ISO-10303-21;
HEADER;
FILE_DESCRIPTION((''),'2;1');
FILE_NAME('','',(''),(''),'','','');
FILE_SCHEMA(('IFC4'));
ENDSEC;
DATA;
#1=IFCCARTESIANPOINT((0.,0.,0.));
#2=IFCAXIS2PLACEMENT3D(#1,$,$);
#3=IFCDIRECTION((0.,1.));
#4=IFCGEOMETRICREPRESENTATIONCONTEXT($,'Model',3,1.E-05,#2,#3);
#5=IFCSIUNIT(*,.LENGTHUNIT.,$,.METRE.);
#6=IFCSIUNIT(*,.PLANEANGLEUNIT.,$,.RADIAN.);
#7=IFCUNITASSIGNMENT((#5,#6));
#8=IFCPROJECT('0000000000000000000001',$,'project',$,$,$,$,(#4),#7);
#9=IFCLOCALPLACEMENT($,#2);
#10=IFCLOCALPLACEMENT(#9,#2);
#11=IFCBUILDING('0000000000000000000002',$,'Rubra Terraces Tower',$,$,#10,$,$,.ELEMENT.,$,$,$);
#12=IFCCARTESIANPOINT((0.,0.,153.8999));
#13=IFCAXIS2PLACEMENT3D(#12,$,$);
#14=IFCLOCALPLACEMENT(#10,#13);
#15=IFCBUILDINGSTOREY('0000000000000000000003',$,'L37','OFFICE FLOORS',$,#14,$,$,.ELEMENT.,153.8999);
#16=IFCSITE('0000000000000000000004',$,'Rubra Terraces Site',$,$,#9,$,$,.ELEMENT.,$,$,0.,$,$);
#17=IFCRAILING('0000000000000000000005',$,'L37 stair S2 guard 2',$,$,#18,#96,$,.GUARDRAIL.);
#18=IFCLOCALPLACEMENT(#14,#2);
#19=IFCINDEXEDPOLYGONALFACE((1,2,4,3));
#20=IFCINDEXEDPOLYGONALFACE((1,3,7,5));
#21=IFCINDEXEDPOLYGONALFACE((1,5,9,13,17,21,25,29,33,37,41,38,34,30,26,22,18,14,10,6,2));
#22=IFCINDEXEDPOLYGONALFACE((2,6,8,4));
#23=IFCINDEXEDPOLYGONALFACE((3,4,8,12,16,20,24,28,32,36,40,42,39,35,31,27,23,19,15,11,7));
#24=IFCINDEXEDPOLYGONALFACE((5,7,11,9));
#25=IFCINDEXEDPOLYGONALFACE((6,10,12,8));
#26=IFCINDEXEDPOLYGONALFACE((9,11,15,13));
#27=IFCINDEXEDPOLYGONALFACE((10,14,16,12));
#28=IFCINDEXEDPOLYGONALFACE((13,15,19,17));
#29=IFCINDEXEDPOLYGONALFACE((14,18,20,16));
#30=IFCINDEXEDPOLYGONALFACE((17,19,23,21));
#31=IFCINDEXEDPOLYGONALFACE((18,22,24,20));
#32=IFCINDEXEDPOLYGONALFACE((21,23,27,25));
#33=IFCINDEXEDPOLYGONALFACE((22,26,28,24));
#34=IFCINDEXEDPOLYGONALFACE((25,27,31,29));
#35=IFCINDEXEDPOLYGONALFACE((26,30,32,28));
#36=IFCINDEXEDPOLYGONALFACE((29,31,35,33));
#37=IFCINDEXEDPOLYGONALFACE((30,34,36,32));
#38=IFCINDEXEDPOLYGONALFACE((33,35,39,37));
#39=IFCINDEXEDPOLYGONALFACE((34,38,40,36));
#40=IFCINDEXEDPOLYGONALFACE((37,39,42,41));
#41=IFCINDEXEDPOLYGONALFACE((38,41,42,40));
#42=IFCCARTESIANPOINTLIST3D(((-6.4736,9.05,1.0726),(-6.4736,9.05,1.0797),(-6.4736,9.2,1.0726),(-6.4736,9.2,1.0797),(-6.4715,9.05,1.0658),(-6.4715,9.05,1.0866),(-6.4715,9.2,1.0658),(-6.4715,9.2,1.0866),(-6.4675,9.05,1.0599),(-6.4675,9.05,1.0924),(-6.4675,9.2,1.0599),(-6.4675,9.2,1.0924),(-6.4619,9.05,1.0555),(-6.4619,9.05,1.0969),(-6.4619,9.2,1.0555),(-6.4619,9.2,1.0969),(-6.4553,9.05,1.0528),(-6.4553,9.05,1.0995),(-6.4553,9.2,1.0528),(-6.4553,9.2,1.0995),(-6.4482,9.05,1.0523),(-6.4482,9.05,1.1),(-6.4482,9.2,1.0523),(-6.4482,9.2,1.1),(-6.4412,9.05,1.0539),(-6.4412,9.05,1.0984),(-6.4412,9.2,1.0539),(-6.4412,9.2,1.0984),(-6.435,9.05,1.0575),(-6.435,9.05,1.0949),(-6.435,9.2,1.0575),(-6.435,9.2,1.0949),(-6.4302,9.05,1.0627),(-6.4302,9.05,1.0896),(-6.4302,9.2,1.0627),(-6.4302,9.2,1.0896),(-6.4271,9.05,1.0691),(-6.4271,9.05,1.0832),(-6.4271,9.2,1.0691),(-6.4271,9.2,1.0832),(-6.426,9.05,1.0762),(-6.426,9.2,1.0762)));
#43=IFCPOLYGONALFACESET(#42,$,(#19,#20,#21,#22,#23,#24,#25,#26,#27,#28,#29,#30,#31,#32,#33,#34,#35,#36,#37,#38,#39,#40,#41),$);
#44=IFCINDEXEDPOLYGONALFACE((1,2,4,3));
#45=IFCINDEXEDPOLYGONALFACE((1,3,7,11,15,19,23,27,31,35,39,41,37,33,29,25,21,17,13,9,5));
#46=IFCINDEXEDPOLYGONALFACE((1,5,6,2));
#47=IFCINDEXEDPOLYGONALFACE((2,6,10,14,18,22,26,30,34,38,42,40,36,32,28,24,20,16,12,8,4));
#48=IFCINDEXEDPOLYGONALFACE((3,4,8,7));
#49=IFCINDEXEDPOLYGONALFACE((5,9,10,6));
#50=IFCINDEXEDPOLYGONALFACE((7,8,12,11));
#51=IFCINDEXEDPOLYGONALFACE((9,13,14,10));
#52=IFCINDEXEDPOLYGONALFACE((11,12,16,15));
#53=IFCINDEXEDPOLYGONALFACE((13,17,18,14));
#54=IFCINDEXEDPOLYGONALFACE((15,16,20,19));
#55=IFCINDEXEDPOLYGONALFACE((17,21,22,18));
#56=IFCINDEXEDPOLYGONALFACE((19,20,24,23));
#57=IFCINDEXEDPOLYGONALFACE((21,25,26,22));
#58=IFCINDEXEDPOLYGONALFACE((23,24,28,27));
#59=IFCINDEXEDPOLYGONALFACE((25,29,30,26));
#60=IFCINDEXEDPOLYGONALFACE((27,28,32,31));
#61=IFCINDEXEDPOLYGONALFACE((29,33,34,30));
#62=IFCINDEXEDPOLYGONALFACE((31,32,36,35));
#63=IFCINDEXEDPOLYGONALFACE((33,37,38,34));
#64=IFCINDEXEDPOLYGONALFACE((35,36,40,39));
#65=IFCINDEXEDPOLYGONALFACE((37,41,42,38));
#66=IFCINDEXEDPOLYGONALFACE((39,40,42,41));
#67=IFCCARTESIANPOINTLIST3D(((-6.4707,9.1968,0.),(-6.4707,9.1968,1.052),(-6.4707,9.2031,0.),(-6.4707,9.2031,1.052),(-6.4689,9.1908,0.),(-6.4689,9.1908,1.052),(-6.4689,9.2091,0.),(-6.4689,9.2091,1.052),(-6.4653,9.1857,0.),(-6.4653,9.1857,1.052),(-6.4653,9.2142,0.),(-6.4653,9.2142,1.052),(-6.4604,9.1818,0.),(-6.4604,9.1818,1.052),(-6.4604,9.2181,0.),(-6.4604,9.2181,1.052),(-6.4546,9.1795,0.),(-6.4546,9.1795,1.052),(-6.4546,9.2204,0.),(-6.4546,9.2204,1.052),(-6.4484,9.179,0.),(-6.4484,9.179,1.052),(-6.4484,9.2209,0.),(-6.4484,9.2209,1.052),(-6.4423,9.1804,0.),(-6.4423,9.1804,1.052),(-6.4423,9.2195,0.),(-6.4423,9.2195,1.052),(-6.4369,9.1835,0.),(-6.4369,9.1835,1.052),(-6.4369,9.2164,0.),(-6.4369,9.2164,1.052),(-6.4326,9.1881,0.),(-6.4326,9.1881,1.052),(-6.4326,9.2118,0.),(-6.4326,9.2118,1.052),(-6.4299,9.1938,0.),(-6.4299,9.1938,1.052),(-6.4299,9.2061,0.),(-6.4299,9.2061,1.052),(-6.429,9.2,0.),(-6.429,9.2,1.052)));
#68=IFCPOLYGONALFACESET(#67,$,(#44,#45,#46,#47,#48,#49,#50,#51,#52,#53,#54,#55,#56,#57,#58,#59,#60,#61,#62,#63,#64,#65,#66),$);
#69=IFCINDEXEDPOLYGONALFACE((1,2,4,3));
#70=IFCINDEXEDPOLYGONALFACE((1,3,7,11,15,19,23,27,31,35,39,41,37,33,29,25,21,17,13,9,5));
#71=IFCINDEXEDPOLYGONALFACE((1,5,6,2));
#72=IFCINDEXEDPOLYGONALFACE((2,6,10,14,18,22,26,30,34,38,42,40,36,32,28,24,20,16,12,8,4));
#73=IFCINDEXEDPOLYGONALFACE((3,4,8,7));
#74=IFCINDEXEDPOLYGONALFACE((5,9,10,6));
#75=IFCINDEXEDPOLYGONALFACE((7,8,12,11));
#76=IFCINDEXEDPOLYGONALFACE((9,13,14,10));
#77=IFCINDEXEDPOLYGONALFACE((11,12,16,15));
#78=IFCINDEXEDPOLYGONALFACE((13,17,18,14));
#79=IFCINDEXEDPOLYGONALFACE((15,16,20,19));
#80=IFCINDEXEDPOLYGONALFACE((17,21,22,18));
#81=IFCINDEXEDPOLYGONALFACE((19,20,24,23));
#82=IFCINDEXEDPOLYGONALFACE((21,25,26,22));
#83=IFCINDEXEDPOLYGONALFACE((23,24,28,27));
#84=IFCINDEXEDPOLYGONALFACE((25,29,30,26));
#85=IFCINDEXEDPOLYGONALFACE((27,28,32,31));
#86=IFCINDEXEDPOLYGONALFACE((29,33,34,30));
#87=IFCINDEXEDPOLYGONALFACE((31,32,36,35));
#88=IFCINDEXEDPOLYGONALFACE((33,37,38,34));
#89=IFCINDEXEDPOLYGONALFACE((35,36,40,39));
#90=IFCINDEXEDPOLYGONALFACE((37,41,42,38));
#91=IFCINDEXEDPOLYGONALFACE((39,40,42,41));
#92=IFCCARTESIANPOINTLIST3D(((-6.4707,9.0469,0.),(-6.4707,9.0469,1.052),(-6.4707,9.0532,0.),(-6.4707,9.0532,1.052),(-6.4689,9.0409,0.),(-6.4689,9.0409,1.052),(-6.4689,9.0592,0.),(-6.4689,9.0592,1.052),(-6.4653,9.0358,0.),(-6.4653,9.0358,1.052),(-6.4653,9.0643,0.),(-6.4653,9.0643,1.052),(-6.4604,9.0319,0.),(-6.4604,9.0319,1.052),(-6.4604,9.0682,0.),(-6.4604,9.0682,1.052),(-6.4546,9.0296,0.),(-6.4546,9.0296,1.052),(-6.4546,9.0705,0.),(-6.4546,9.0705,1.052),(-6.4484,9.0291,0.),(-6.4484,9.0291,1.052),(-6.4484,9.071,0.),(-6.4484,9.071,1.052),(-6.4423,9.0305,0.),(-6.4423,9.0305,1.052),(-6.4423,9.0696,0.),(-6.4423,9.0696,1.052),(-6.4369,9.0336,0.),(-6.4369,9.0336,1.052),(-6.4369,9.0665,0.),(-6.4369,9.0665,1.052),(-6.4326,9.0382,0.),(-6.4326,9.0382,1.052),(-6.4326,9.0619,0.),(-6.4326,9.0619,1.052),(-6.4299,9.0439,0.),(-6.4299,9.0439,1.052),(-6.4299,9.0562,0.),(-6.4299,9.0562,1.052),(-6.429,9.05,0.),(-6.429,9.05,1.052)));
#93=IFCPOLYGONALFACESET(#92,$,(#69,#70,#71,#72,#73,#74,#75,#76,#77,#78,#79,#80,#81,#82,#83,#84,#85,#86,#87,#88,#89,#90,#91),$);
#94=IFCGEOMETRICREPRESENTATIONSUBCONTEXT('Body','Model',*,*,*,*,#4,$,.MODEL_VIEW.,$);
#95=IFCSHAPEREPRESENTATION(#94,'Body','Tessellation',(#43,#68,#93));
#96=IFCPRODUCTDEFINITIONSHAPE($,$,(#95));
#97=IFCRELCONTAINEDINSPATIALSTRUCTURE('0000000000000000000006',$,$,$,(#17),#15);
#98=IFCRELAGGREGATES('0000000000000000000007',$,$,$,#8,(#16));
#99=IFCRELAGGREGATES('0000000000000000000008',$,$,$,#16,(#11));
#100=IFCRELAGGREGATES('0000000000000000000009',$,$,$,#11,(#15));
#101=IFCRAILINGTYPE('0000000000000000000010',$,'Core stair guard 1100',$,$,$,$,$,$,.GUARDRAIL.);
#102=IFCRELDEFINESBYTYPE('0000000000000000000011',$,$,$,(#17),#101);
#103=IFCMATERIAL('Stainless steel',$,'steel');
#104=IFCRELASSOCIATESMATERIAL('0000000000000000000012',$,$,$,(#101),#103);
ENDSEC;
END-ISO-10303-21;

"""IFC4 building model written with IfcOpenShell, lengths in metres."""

from ifc_helpers import new_model, si_unit, direction, frame, origin, origin_2d, place, context, subcontext, project, spatial, circle, extrude, material, type_object, element, save


model = new_model("IFC4")

# Units and contexts
model_context = context("Model", 3, precision=1e-05, world=origin(), true_north=direction((0.0, 1.0)))
body_context = subcontext(model_context, "Body", "Model", "MODEL_VIEW")
ifc_project = project(units=[si_unit("LENGTHUNIT", "METRE"), si_unit("PLANEANGLEUNIT", "RADIAN")], contexts=[model_context])

# Site, building, storey
site_placement = place(None, origin())
site = spatial("IfcSite", under=ifc_project, at=site_placement, Name="Rubra Terraces Site", CompositionType="ELEMENT", RefElevation=0.0)
building_placement = place(site_placement, origin())
building = spatial("IfcBuilding", under=site, at=building_placement, Name="Rubra Terraces Tower", CompositionType="ELEMENT")
storey_placement = place(building_placement, frame((0.0, 0.0, 153.8999)))
storey = spatial("IfcBuildingStorey", under=building, at=storey_placement, Name="L37", Description="OFFICE FLOORS", CompositionType="ELEMENT", Elevation=153.8999)

# Railing
ifc_material_1 = material(Name="Stainless steel", Category="steel")
railing_type_1 = type_object("IfcRailingType", Name="Core stair guard 1100", PredefinedType="GUARDRAIL", material=ifc_material_1)
railing_1_placement = place(storey_placement, frame((-6.45, 9.2, 0.0)))
element("IfcRailing", 1, at=railing_1_placement, inside=storey, type_object=railing_type_1, Name="L37 stair S2 guard 2", PredefinedType="GUARDRAIL", context=body_context, shape_type="SweptSolid", body=[
    extrude(circle(Radius=0.0239, at=origin_2d()), frame((0.0, 0.0, 1.0762), z_axis=(0.0, -1.0, 0.0), x_axis=(1.0, 0.0, 0.0)), (0.0, 0.0, 1.0), 0.1499),
    extrude(circle(Radius=0.021, at=origin_2d()), origin(), (0.0, 0.0, 1.0), 1.052),
    extrude(circle(Radius=0.021, at=origin_2d()), frame((0.0, -0.1499, 0.0)), (0.0, 0.0, 1.0), 1.052),
])

save(model, "model.ifc")
